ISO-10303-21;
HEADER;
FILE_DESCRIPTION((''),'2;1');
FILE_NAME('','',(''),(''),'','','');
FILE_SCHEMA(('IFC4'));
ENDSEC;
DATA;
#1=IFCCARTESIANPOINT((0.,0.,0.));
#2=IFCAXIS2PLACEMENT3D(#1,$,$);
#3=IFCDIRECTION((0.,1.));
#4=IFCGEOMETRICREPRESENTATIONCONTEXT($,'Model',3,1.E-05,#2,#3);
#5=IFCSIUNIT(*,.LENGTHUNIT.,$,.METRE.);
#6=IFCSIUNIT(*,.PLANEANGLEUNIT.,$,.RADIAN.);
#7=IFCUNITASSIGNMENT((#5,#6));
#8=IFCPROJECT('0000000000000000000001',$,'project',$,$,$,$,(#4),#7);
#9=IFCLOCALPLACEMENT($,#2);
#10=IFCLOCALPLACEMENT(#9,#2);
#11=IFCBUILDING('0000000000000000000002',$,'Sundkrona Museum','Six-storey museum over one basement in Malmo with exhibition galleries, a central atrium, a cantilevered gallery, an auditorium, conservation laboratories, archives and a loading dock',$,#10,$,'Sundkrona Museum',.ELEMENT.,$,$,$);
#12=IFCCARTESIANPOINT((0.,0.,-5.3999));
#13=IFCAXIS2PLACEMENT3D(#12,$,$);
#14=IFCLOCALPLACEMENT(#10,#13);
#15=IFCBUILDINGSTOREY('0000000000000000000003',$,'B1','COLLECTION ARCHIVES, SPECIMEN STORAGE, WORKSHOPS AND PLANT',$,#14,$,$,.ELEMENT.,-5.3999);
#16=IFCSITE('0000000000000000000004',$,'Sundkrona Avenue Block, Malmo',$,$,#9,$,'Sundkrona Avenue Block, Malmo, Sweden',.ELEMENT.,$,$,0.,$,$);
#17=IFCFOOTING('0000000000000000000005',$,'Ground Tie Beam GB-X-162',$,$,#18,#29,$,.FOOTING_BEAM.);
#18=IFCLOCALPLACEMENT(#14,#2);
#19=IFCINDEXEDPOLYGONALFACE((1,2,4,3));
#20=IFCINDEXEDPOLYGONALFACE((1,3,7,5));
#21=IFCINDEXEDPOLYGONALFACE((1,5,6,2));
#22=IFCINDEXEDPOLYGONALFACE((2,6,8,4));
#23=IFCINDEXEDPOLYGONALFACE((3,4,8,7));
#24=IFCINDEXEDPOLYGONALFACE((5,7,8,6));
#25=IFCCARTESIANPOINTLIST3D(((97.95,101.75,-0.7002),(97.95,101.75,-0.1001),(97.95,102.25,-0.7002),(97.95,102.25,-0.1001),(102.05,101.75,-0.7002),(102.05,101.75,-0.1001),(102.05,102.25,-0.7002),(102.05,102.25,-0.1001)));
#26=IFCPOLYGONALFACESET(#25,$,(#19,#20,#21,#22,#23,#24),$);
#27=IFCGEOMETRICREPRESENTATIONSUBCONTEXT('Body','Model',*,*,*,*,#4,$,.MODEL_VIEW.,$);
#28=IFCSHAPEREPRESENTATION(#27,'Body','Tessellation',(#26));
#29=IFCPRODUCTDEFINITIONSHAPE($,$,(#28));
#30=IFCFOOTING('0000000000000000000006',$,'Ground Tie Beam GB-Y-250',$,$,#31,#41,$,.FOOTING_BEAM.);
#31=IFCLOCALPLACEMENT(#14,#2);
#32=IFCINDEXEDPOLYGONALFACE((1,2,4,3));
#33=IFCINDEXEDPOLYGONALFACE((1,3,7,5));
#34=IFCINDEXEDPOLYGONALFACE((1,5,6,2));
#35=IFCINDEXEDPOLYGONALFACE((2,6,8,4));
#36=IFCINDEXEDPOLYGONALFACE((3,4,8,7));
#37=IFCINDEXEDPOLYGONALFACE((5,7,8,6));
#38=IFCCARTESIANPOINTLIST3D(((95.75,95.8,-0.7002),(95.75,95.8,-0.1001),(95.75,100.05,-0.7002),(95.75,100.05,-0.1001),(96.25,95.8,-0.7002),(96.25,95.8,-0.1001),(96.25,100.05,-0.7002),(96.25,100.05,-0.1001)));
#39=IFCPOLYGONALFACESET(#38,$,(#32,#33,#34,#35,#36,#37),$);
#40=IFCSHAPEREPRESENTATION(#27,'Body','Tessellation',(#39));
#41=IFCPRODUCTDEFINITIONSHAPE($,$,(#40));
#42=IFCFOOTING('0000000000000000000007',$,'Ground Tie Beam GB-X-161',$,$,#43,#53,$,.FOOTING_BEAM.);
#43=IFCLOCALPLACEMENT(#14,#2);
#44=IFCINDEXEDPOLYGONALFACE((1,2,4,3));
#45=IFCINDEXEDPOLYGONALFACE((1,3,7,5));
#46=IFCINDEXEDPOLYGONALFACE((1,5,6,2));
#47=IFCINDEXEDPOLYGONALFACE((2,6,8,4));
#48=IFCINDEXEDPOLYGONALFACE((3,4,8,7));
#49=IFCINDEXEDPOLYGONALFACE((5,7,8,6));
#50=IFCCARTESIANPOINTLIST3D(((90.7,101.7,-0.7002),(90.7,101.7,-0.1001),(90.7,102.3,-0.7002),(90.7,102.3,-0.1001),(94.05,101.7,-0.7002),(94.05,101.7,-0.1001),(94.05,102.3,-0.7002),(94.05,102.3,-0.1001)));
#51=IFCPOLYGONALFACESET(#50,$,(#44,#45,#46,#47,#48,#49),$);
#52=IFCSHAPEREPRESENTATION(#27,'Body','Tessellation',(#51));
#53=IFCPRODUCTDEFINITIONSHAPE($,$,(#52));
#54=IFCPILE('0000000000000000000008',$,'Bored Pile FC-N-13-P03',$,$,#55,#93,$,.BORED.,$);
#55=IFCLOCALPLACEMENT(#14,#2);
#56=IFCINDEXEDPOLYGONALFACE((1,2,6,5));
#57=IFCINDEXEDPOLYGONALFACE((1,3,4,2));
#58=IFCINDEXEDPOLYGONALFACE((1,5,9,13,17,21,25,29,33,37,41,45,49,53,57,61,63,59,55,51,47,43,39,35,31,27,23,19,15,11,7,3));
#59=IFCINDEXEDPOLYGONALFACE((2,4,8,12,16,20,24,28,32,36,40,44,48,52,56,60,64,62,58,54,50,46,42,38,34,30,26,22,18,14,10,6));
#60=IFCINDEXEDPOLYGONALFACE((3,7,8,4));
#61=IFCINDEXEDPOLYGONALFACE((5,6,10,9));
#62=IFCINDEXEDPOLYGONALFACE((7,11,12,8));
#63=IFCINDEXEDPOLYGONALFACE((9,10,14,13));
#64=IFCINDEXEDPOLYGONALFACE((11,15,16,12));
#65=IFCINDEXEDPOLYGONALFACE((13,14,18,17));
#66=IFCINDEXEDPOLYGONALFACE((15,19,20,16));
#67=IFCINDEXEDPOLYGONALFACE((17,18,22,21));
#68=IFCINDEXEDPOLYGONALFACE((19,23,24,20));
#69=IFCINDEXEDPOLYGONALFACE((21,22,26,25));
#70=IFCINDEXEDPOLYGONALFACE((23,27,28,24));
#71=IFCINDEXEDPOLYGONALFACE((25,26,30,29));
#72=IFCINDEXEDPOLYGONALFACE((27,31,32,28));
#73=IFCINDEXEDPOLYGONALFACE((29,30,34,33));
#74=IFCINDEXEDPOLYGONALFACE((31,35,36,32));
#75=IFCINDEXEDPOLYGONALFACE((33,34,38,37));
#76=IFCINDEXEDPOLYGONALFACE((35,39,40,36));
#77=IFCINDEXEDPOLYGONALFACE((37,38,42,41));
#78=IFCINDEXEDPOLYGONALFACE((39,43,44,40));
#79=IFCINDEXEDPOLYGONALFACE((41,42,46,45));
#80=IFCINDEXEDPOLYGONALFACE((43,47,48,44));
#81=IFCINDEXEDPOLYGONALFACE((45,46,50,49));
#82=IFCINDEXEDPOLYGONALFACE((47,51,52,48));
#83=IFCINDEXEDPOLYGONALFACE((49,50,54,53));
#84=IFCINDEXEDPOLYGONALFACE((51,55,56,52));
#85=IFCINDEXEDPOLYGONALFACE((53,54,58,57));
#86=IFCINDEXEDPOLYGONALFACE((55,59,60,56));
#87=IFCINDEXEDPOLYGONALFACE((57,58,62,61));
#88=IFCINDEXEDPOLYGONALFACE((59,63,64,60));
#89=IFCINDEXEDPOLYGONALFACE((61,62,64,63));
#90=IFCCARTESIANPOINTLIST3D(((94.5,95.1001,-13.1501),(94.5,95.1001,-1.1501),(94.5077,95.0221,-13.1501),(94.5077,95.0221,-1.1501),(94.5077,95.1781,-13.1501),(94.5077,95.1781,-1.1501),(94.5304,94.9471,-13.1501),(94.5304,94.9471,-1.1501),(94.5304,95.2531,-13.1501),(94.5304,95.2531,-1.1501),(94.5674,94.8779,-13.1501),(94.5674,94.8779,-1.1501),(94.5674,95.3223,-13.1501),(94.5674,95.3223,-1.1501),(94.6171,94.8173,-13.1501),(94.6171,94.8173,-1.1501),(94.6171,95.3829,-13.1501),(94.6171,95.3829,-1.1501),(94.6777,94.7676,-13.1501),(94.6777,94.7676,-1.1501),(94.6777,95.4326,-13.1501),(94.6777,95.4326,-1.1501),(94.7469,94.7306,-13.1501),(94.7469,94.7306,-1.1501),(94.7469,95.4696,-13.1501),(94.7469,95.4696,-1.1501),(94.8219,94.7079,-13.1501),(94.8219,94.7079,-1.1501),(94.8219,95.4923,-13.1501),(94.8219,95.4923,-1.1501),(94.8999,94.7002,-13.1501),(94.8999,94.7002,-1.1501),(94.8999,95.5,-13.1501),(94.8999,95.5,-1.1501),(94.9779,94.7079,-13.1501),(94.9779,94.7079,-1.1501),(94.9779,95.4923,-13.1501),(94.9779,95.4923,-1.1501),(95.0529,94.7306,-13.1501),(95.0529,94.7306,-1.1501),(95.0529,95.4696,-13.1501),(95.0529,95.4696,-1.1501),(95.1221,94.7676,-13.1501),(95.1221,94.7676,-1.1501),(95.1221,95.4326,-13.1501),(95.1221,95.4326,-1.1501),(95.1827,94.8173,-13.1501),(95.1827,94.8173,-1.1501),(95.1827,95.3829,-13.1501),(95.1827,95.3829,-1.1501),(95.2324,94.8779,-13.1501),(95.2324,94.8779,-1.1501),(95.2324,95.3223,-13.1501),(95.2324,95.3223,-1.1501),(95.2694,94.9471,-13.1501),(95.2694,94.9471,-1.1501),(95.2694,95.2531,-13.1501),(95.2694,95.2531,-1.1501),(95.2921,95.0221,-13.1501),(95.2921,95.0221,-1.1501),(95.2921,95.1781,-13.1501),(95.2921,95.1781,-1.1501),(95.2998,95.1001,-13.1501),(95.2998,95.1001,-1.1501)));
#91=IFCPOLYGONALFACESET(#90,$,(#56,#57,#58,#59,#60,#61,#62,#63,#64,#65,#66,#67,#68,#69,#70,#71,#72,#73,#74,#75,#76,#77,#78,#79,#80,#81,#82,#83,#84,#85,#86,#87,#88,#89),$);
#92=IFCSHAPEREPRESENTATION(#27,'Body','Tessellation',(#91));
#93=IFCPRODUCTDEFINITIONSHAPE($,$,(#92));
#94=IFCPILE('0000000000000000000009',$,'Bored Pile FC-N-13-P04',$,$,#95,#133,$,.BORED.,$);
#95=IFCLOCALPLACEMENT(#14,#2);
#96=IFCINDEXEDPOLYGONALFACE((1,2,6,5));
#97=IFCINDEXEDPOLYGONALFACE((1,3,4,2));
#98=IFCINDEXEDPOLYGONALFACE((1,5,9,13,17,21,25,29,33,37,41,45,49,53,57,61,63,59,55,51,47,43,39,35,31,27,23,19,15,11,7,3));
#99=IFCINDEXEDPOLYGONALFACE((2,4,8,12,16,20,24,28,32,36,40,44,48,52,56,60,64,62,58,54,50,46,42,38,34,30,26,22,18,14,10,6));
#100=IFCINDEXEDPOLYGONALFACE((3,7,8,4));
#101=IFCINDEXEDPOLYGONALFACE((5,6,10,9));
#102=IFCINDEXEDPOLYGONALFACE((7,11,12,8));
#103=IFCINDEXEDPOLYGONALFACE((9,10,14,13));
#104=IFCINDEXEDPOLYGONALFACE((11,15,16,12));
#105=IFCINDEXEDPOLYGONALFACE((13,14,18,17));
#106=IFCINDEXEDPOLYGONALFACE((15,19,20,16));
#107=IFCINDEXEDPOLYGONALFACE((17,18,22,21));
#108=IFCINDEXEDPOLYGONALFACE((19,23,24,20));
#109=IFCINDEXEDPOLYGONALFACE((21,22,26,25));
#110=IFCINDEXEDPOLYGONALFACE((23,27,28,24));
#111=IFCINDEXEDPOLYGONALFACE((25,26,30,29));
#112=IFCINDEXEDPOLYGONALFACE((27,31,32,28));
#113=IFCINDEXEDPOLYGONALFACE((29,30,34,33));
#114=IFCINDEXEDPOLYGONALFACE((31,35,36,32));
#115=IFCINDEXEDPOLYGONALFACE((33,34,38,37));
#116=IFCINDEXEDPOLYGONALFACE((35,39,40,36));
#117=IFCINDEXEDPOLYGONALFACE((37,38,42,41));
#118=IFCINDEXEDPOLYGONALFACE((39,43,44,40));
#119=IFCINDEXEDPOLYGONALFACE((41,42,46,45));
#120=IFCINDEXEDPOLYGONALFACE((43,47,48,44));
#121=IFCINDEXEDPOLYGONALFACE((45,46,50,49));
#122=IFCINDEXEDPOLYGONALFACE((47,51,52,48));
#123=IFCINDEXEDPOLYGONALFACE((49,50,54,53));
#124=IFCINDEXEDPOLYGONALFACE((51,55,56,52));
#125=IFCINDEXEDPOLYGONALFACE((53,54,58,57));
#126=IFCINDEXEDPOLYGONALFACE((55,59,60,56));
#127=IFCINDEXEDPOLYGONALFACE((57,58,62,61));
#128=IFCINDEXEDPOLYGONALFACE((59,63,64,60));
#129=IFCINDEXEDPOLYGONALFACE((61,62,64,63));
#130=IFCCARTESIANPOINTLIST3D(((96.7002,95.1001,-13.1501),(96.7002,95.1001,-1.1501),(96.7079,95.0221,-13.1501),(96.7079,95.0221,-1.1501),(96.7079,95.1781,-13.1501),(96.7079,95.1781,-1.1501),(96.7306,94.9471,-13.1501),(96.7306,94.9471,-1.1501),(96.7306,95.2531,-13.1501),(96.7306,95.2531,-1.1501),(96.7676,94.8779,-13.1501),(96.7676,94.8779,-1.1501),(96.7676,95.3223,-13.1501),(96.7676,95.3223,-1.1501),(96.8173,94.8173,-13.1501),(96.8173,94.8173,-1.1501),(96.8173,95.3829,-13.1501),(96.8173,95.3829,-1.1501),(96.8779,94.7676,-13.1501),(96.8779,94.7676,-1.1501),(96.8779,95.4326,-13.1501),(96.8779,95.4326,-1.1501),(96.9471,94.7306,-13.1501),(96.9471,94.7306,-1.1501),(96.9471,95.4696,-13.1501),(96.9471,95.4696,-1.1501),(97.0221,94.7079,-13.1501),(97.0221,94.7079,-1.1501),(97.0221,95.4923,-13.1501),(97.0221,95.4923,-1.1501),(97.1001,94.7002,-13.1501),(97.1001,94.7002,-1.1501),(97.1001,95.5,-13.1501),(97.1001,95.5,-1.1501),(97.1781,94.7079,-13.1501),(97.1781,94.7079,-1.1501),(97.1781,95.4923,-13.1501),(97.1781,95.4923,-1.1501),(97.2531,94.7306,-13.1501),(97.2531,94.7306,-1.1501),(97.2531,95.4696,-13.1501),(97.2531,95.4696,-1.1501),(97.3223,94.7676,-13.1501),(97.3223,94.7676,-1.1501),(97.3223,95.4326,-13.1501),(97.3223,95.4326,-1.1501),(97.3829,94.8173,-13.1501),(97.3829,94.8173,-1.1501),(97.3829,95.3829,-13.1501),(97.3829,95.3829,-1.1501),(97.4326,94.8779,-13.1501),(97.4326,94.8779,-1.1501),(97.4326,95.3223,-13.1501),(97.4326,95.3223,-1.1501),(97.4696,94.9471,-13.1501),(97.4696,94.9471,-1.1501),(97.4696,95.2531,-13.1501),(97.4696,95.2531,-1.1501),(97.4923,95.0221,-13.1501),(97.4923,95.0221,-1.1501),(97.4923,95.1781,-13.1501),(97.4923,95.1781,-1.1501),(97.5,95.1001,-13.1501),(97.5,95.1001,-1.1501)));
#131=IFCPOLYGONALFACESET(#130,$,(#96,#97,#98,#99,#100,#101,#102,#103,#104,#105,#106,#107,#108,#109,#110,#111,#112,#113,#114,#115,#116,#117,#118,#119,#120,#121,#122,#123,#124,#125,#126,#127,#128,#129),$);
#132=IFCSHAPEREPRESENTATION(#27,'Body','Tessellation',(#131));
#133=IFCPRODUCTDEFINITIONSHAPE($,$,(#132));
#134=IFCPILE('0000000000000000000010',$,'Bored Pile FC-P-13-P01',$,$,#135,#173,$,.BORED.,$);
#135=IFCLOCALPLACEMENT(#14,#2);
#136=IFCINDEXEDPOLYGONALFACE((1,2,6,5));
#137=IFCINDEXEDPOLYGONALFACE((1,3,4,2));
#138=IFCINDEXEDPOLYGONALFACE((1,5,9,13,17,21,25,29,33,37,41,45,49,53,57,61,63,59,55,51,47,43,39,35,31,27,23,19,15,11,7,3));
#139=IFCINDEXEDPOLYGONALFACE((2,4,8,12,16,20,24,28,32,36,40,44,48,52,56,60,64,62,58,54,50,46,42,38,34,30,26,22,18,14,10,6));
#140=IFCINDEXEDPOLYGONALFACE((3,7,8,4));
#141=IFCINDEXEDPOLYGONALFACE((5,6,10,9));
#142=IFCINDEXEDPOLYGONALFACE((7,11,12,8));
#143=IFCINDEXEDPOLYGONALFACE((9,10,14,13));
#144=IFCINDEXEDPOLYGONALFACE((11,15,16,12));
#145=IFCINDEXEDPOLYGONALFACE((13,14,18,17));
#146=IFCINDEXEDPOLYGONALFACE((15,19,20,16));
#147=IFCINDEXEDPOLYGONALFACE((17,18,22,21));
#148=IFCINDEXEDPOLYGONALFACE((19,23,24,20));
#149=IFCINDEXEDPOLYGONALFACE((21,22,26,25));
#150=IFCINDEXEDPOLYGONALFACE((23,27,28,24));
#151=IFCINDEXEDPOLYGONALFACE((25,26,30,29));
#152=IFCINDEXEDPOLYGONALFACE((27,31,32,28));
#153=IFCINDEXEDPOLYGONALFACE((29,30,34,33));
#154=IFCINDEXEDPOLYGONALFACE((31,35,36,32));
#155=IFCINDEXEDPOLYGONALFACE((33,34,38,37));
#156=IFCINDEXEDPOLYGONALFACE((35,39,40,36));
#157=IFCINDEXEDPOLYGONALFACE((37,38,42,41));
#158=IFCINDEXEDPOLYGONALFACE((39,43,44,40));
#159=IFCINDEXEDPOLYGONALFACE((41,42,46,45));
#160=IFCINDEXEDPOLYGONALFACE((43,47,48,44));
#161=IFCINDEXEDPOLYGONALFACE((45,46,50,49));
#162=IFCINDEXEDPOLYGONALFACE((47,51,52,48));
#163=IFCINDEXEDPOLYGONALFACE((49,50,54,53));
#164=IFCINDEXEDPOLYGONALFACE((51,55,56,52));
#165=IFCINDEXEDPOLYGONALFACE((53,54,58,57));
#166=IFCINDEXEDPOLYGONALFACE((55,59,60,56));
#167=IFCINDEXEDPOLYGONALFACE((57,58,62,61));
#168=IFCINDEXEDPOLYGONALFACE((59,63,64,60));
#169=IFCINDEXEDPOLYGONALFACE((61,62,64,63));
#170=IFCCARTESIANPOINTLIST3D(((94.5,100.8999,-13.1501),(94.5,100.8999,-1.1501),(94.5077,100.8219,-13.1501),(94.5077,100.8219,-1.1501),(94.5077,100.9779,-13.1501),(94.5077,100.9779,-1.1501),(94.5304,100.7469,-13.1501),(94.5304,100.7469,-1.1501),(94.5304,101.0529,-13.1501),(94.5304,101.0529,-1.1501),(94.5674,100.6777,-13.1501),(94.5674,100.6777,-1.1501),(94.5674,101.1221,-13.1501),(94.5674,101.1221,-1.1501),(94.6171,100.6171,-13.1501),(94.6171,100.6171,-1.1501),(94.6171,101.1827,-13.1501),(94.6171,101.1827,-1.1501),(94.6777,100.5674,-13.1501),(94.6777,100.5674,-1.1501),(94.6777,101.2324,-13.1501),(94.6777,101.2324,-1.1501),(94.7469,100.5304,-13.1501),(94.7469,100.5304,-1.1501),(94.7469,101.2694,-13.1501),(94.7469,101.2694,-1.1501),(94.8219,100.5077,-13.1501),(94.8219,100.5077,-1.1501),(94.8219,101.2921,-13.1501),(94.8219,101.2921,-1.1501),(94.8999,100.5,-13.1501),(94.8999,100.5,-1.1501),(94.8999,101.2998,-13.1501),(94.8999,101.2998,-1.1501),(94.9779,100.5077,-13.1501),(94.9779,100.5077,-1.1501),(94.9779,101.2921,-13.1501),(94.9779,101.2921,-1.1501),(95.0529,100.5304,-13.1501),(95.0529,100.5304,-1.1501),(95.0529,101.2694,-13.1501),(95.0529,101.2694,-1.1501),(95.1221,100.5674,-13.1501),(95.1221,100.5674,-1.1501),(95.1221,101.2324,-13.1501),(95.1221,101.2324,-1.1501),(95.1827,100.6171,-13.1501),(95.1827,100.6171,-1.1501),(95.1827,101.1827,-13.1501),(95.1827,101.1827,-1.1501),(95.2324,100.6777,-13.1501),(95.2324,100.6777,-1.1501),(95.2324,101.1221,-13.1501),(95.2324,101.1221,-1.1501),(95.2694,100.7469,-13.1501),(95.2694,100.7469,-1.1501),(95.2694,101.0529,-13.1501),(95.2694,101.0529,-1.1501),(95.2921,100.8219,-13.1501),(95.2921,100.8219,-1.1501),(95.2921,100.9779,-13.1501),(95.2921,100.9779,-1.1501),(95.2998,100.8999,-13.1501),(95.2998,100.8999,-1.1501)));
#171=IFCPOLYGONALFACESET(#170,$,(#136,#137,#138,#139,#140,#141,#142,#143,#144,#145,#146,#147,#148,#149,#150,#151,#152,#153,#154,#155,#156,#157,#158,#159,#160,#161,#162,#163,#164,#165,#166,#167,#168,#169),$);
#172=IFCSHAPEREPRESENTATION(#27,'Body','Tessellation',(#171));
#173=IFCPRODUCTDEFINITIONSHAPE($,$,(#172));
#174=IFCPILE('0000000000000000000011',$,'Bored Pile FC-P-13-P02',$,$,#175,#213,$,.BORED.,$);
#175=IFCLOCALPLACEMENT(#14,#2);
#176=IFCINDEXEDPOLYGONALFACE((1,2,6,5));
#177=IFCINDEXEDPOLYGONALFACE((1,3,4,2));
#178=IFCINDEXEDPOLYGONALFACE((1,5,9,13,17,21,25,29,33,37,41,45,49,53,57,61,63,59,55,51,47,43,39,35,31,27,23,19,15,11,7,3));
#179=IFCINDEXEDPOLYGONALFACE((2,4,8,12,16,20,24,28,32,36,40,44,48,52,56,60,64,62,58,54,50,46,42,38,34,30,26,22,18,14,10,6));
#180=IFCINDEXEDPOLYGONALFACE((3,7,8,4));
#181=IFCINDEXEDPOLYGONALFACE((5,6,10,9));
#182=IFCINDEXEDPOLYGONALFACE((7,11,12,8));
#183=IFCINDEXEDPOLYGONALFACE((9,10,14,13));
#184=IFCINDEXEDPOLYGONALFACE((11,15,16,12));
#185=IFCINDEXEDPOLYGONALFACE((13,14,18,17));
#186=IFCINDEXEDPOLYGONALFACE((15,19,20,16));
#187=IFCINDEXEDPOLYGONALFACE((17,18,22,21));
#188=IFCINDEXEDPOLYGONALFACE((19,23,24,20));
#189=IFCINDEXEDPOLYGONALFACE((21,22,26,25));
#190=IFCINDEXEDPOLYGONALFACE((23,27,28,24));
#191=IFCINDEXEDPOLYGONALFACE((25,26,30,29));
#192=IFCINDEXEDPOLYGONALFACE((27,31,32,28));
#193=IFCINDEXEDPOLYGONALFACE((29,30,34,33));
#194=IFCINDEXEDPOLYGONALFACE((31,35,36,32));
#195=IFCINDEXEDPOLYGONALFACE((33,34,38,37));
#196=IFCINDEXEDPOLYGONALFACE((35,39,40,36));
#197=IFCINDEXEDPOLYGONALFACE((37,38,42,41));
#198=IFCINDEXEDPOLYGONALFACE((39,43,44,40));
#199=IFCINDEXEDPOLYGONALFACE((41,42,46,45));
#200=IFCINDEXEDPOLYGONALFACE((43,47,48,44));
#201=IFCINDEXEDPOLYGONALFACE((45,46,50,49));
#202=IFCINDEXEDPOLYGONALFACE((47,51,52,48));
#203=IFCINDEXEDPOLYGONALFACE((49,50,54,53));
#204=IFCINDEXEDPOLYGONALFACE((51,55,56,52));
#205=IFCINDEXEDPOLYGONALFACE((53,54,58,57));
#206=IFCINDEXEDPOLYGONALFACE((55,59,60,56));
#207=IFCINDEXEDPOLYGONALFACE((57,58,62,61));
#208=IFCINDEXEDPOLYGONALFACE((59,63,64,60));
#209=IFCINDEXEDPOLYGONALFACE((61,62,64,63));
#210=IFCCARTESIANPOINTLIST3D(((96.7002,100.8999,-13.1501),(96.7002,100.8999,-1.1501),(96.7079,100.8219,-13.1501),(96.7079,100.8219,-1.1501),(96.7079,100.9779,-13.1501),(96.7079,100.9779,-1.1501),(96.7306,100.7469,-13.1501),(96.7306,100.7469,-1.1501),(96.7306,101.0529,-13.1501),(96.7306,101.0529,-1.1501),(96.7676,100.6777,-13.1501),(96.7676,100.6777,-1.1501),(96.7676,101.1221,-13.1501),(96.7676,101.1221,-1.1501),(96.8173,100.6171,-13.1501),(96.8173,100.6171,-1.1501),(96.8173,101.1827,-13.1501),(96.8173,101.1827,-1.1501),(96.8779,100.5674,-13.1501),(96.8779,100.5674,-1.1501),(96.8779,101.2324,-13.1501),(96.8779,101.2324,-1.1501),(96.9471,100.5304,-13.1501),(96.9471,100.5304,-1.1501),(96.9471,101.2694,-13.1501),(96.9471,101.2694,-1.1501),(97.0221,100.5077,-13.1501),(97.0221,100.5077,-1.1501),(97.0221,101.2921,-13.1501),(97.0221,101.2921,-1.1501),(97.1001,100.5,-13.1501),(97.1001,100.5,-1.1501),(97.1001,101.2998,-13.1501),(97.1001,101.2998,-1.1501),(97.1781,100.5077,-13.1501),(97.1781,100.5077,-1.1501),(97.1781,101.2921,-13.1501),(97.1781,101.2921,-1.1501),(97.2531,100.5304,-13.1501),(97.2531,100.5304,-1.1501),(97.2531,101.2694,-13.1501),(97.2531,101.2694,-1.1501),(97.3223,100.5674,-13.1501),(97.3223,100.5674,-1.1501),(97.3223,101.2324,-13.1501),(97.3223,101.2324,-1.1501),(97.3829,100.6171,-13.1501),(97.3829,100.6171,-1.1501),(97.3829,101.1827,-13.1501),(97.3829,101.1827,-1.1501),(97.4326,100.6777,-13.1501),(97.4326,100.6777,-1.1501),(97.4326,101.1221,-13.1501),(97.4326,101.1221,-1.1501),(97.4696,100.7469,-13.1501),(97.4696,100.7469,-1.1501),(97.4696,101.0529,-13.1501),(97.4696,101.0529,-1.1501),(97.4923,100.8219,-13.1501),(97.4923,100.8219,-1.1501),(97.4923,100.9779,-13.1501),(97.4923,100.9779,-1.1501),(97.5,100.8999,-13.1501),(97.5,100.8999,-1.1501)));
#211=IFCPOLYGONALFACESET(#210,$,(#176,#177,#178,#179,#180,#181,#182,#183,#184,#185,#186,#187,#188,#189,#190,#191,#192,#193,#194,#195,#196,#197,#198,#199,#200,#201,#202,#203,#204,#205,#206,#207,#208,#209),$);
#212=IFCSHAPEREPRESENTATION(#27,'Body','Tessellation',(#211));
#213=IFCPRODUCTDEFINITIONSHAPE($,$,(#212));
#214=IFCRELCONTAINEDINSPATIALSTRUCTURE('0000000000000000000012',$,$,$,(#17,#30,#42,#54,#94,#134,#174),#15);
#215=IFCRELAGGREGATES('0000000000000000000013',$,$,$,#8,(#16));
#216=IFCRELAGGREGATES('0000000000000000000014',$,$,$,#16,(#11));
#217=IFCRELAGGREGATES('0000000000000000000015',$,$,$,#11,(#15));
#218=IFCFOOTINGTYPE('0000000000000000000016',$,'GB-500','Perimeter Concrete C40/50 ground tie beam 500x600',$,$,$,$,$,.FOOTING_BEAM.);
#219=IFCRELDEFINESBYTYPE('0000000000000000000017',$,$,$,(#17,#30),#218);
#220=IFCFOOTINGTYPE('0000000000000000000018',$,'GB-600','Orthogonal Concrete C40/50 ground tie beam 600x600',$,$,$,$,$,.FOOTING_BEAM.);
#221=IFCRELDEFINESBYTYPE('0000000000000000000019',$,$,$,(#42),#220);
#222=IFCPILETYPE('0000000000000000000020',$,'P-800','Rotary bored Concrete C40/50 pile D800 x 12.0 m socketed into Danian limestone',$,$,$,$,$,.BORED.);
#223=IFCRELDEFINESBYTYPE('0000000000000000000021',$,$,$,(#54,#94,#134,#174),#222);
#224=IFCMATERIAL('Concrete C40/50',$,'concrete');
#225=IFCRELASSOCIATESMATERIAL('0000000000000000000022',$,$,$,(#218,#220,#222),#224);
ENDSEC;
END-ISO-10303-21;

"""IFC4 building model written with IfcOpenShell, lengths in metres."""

from ifc_helpers import new_model, si_unit, direction, frame, origin, origin_2d, place, context, subcontext, project, spatial, rectangle, circle, extrude, material, material_profile, profile_set, type_object, element, save


model = new_model("IFC4")

# Units and contexts
model_context = context("Model", 3, precision=1e-05, world=origin(), true_north=direction((0.0, 1.0)))
body_context = subcontext(model_context, "Body", "Model", "MODEL_VIEW")
ifc_project = project(units=[si_unit("LENGTHUNIT", "METRE"), si_unit("PLANEANGLEUNIT", "RADIAN")], contexts=[model_context])

# Site, building, storey
site_placement = place(None, origin())
site = spatial("IfcSite", under=ifc_project, at=site_placement, Name="Sundkrona Avenue Block, Malmo", LongName="Sundkrona Avenue Block, Malmo, Sweden", CompositionType="ELEMENT", RefElevation=0.0)
building_placement = place(site_placement, origin())
building = spatial("IfcBuilding", under=site, at=building_placement, Name="Sundkrona Museum", Description="Six-storey museum over one basement in Malmo with exhibition galleries, a central atrium, a cantilevered gallery, an auditorium, conservation laboratories, archives and a loading dock", LongName="Sundkrona Museum", CompositionType="ELEMENT")
storey_placement = place(building_placement, frame((0.0, 0.0, -5.3999)))
storey = spatial("IfcBuildingStorey", under=building, at=storey_placement, Name="B1", Description="COLLECTION ARCHIVES, SPECIMEN STORAGE, WORKSHOPS AND PLANT", CompositionType="ELEMENT", Elevation=-5.3999)

# Footings
ifc_material_1 = material(Name="Concrete C40/50", Category="concrete")
footing_type_1 = type_object("IfcFootingType", Name="GB-500", Description="Perimeter Concrete C40/50 ground tie beam 500x600", PredefinedType="FOOTING_BEAM", material=ifc_material_1)
footing_1_placement = place(storey_placement, frame((100.0, 102.0, -0.7002), z_axis=(0.0, 0.0, 1.0), x_axis=(1.0, 0.0, 0.0)))
element("IfcFooting", 1, at=footing_1_placement, inside=storey, type_object=footing_type_1, Name="Ground Tie Beam GB-X-162", PredefinedType="FOOTING_BEAM", context=body_context, shape_type="SweptSolid", body=[
    extrude(rectangle(XDim=4.1001, YDim=0.5, at=origin_2d()), origin(), (0.0, 0.0, 1.0), 0.6001),
])
footing_2_placement = place(storey_placement, frame((96.0, 97.925, -0.7002), z_axis=(0.0, 0.0, 1.0), x_axis=(0.0, 1.0, 0.0)))
element("IfcFooting", 2, at=footing_2_placement, inside=storey, type_object=footing_type_1, Name="Ground Tie Beam GB-Y-250", PredefinedType="FOOTING_BEAM", context=body_context, shape_type="SweptSolid", body=[
    extrude(rectangle(XDim=4.25, YDim=0.5, at=origin_2d()), origin(), (0.0, 0.0, 1.0), 0.6001),
])
footing_type_2 = type_object("IfcFootingType", Name="GB-600", Description="Orthogonal Concrete C40/50 ground tie beam 600x600", PredefinedType="FOOTING_BEAM", material=ifc_material_1)
footing_3_placement = place(storey_placement, frame((92.375, 102.0, -0.7002), z_axis=(0.0, 0.0, 1.0), x_axis=(1.0, 0.0, 0.0)))
element("IfcFooting", 3, at=footing_3_placement, inside=storey, type_object=footing_type_2, Name="Ground Tie Beam GB-X-161", PredefinedType="FOOTING_BEAM", context=body_context, shape_type="SweptSolid", body=[
    extrude(rectangle(XDim=3.3501, YDim=0.6001, at=origin_2d()), origin(), (0.0, 0.0, 1.0), 0.6001),
])

# Piles
ifc_material_profile_1 = material_profile(ifc_material_1, circle(Radius=0.3999, at=origin_2d()), Name="PILE D800")
ifc_profile_set_1 = profile_set([ifc_material_profile_1], Name="Concrete C40/50")
pile_type = type_object("IfcPileType", Name="P-800", Description="Rotary bored Concrete C40/50 pile D800 x 12.0 m socketed into Danian limestone", PredefinedType="BORED", material=ifc_profile_set_1)
for number, where, z_axis, x_axis, name in (
    (4, (94.8999, 95.1001, -1.1501), (0.0, 0.0, -1.0), (1.0, 0.0, 0.0), "Bored Pile FC-N-13-P03"),
    (5, (97.1001, 95.1001, -1.1501), (0.0, 0.0, -1.0), (1.0, 0.0, 0.0), "Bored Pile FC-N-13-P04"),
    (6, (94.8999, 100.8999, -1.1501), (0.0, 0.0, -1.0), (1.0, 0.0, 0.0), "Bored Pile FC-P-13-P01"),
    (7, (97.1001, 100.8999, -1.1501), (0.0, 0.0, -1.0), (1.0, 0.0, 0.0), "Bored Pile FC-P-13-P02"),
):
    element("IfcPile", number, at=place(storey_placement, frame(where, z_axis=z_axis, x_axis=x_axis)), inside=storey, type_object=pile_type, Name=name, PredefinedType="BORED", context=body_context, shape_type="SweptSolid", body=[
        extrude(circle(Radius=0.3999, at=origin_2d()), origin(), (0.0, 0.0, 1.0), 12.0),
    ])

save(model, "model.ifc")
